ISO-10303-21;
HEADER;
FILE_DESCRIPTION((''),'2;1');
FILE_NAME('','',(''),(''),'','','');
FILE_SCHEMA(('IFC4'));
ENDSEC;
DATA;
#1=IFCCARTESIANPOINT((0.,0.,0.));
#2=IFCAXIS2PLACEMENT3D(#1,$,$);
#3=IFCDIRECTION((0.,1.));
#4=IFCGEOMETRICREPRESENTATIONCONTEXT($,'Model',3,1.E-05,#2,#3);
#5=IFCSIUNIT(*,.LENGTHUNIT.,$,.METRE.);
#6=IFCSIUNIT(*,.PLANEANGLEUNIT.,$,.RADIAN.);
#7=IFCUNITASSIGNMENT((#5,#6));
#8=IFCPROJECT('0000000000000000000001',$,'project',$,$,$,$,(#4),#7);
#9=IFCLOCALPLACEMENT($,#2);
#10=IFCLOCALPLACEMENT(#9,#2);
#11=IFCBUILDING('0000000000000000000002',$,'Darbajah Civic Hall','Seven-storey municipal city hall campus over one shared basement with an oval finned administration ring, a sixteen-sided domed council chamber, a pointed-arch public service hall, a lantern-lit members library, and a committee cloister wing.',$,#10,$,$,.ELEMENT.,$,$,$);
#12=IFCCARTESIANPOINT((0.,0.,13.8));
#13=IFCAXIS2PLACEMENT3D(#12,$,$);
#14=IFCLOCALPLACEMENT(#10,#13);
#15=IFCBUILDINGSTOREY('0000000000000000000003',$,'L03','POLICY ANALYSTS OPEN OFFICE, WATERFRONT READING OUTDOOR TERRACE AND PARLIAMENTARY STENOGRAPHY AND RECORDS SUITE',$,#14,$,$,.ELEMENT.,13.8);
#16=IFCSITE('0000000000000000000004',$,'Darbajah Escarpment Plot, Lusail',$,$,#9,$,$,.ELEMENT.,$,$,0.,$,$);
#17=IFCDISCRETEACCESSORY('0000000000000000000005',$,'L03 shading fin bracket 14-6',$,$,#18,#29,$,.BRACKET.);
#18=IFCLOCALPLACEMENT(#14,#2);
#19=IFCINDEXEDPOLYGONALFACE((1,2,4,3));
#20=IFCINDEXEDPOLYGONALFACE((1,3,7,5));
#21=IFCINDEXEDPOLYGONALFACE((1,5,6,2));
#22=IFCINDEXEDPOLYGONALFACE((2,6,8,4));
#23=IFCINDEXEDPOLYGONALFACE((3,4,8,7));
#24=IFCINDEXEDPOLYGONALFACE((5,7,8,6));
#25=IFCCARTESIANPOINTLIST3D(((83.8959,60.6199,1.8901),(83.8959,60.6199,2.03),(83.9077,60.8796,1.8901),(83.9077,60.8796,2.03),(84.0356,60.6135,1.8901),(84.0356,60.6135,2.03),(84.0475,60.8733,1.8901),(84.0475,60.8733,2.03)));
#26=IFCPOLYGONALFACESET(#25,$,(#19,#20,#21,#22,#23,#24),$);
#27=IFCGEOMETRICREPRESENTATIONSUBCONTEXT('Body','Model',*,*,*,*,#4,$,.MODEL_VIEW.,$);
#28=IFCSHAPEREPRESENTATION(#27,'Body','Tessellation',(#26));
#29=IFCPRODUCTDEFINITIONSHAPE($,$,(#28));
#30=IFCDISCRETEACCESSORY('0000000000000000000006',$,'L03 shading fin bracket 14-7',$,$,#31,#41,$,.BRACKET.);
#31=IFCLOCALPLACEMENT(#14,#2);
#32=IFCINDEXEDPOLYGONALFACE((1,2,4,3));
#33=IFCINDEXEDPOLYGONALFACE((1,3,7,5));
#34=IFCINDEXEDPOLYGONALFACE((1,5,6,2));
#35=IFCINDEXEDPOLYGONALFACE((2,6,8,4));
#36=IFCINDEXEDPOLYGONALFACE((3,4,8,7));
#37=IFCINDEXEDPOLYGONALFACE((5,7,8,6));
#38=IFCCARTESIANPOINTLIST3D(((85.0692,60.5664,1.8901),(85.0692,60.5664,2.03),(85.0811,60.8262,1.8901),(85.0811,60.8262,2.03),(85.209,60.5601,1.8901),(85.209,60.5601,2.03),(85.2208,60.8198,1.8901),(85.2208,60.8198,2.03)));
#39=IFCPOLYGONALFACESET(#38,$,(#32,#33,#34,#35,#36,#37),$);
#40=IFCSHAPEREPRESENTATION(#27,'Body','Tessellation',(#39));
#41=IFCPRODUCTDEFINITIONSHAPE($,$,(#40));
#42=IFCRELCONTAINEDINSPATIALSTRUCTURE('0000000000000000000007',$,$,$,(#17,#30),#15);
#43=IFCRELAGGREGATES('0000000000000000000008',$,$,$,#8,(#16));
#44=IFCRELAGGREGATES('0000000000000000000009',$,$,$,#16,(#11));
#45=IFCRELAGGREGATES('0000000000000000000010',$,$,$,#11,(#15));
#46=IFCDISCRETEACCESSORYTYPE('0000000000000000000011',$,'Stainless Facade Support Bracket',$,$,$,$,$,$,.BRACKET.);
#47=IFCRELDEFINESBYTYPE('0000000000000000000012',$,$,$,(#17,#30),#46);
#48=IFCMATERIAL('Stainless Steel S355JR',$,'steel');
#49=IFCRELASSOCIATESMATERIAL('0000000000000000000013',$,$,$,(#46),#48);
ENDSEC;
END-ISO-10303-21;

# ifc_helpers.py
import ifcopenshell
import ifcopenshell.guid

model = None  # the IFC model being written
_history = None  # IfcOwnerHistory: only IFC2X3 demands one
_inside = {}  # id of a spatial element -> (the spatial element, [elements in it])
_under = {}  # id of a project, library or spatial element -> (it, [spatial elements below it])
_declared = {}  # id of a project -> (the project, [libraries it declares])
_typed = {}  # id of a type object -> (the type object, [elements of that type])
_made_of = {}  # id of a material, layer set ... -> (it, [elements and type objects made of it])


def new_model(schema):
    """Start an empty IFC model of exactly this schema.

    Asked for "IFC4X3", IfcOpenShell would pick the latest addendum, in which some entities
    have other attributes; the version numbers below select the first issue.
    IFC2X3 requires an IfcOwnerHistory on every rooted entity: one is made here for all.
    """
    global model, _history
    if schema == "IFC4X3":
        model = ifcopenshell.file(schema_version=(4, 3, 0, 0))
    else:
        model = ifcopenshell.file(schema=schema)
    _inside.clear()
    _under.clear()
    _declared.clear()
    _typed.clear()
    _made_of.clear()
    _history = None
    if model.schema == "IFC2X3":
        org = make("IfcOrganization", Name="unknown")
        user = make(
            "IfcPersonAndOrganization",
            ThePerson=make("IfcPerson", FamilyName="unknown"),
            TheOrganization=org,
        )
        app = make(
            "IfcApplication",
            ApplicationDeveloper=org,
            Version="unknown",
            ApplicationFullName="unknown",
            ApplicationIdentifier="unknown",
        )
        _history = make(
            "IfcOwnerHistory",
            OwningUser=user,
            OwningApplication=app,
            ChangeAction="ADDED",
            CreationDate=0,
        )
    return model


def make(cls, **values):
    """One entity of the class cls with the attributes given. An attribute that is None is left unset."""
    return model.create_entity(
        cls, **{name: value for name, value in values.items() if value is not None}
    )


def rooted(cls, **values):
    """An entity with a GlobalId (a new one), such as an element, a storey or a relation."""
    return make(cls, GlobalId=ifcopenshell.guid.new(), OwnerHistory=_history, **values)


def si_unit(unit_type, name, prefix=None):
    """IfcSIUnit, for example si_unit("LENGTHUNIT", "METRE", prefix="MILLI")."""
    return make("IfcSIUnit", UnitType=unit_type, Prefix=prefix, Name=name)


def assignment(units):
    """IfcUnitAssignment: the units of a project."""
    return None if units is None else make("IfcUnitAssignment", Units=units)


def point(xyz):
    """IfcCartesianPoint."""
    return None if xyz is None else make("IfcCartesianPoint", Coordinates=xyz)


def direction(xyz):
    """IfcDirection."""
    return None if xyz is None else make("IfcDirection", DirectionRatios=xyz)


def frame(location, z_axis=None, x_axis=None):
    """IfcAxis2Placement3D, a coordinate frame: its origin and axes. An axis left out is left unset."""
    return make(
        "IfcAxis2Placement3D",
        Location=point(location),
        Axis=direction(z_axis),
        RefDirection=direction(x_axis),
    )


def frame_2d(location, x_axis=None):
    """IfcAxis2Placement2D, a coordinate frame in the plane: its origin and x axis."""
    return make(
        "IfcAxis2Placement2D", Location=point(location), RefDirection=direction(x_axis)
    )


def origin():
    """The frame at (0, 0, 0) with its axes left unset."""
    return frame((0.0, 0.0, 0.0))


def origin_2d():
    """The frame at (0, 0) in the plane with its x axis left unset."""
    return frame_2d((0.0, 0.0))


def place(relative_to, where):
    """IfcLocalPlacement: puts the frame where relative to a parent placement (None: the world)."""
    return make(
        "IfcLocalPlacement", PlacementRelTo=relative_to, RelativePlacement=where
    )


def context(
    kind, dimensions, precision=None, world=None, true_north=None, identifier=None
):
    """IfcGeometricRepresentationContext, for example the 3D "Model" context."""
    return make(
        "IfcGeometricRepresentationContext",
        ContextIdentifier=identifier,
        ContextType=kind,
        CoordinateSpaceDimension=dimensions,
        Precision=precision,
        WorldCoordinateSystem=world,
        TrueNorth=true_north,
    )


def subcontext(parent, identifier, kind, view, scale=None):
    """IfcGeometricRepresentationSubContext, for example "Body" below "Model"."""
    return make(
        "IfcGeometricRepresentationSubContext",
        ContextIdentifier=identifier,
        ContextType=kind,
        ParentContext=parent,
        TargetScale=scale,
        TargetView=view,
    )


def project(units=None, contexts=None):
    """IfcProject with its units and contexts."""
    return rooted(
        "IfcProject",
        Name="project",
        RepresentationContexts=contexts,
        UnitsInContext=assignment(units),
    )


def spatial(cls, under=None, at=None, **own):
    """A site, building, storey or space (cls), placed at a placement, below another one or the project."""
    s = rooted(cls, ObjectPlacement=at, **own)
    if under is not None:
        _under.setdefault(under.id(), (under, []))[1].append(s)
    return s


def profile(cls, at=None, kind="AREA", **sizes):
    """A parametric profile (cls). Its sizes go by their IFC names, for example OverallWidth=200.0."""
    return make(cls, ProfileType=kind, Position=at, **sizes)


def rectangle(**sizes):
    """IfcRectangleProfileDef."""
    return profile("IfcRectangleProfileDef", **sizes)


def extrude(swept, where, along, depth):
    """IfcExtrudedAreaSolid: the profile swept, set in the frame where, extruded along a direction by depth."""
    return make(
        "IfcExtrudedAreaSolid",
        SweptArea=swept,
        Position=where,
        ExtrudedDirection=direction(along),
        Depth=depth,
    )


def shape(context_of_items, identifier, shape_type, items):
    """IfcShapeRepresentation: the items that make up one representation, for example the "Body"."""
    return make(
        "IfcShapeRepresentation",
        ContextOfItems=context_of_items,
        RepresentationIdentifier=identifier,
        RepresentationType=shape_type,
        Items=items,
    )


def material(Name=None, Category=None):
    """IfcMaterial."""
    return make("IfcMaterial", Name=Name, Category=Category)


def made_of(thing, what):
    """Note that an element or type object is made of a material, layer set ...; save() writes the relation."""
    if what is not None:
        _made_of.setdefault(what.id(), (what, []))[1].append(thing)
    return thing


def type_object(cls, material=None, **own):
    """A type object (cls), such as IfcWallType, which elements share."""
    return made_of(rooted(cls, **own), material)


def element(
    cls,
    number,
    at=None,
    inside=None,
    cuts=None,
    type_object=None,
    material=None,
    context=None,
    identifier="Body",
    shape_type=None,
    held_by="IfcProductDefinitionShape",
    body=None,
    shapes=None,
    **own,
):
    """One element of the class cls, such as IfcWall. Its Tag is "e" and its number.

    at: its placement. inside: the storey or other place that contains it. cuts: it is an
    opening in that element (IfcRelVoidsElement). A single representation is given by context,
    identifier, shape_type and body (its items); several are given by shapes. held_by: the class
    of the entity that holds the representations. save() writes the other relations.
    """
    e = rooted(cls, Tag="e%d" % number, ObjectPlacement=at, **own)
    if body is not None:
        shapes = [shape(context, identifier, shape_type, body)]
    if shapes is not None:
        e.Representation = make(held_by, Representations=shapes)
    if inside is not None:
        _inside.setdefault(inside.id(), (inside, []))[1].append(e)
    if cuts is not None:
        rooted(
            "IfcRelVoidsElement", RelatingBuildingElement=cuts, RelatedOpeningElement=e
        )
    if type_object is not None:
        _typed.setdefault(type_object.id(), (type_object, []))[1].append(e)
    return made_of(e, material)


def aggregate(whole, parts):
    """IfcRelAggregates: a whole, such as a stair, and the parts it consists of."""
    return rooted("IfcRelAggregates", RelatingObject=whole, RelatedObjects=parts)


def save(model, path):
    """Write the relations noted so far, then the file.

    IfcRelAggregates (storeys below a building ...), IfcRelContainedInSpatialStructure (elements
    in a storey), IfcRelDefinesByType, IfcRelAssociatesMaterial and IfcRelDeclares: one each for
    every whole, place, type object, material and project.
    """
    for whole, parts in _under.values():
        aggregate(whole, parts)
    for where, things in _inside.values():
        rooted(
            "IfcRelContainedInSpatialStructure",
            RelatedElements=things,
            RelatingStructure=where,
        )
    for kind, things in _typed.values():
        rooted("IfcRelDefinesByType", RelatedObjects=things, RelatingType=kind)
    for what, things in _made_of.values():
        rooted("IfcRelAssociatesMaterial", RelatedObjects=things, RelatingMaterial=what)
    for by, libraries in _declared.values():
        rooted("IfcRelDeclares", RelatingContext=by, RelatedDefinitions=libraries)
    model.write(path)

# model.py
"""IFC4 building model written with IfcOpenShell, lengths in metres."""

from ifc_helpers import new_model, si_unit, direction, frame, origin, origin_2d, place, context, subcontext, project, spatial, rectangle, extrude, material, type_object, element, save


model = new_model("IFC4")

# Units and contexts
model_context = context("Model", 3, precision=1e-05, world=origin(), true_north=direction((0.0, 1.0)))
body_context = subcontext(model_context, "Body", "Model", "MODEL_VIEW")
ifc_project = project(units=[si_unit("LENGTHUNIT", "METRE"), si_unit("PLANEANGLEUNIT", "RADIAN")], contexts=[model_context])

# Site, building, storey
site_placement = place(None, origin())
site = spatial("IfcSite", under=ifc_project, at=site_placement, Name="Darbajah Escarpment Plot, Lusail", CompositionType="ELEMENT", RefElevation=0.0)
building_placement = place(site_placement, origin())
building = spatial("IfcBuilding", under=site, at=building_placement, Name="Darbajah Civic Hall", Description="Seven-storey municipal city hall campus over one shared basement with an oval finned administration ring, a sixteen-sided domed council chamber, a pointed-arch public service hall, a lantern-lit members library, and a committee cloister wing.", CompositionType="ELEMENT")
storey_placement = place(building_placement, frame((0.0, 0.0, 13.8)))
storey = spatial("IfcBuildingStorey", under=building, at=storey_placement, Name="L03", Description="POLICY ANALYSTS OPEN OFFICE, WATERFRONT READING OUTDOOR TERRACE AND PARLIAMENTARY STENOGRAPHY AND RECORDS SUITE", CompositionType="ELEMENT", Elevation=13.8)

# Discrete accessories
ifc_material_1 = material(Name="Stainless Steel S355JR", Category="steel")
discrete_accessory_type = type_object("IfcDiscreteAccessoryType", Name="Stainless Facade Support Bracket", PredefinedType="BRACKET", material=ifc_material_1)
for number, where, z_axis, x_axis, name in (
    (1, (83.9717, 60.7466, 1.8901), (0.0, 0.0, 1.0), (-0.045537, -0.998963, 0.0), "L03 shading fin bracket 14-6"),
    (2, (85.145, 60.6931, 1.8901), (0.0, 0.0, 1.0), (-0.045537, -0.998963, 0.0), "L03 shading fin bracket 14-7"),
):
    element("IfcDiscreteAccessory", number, at=place(storey_placement, frame(where, z_axis=z_axis, x_axis=x_axis)), inside=storey, type_object=discrete_accessory_type, Name=name, PredefinedType="BRACKET", context=body_context, shape_type="SweptSolid", body=[
        extrude(rectangle(XDim=0.26, YDim=0.1399, at=origin_2d()), origin(), (0.0, 0.0, 1.0), 0.1399),
    ])

save(model, "model.ifc")
